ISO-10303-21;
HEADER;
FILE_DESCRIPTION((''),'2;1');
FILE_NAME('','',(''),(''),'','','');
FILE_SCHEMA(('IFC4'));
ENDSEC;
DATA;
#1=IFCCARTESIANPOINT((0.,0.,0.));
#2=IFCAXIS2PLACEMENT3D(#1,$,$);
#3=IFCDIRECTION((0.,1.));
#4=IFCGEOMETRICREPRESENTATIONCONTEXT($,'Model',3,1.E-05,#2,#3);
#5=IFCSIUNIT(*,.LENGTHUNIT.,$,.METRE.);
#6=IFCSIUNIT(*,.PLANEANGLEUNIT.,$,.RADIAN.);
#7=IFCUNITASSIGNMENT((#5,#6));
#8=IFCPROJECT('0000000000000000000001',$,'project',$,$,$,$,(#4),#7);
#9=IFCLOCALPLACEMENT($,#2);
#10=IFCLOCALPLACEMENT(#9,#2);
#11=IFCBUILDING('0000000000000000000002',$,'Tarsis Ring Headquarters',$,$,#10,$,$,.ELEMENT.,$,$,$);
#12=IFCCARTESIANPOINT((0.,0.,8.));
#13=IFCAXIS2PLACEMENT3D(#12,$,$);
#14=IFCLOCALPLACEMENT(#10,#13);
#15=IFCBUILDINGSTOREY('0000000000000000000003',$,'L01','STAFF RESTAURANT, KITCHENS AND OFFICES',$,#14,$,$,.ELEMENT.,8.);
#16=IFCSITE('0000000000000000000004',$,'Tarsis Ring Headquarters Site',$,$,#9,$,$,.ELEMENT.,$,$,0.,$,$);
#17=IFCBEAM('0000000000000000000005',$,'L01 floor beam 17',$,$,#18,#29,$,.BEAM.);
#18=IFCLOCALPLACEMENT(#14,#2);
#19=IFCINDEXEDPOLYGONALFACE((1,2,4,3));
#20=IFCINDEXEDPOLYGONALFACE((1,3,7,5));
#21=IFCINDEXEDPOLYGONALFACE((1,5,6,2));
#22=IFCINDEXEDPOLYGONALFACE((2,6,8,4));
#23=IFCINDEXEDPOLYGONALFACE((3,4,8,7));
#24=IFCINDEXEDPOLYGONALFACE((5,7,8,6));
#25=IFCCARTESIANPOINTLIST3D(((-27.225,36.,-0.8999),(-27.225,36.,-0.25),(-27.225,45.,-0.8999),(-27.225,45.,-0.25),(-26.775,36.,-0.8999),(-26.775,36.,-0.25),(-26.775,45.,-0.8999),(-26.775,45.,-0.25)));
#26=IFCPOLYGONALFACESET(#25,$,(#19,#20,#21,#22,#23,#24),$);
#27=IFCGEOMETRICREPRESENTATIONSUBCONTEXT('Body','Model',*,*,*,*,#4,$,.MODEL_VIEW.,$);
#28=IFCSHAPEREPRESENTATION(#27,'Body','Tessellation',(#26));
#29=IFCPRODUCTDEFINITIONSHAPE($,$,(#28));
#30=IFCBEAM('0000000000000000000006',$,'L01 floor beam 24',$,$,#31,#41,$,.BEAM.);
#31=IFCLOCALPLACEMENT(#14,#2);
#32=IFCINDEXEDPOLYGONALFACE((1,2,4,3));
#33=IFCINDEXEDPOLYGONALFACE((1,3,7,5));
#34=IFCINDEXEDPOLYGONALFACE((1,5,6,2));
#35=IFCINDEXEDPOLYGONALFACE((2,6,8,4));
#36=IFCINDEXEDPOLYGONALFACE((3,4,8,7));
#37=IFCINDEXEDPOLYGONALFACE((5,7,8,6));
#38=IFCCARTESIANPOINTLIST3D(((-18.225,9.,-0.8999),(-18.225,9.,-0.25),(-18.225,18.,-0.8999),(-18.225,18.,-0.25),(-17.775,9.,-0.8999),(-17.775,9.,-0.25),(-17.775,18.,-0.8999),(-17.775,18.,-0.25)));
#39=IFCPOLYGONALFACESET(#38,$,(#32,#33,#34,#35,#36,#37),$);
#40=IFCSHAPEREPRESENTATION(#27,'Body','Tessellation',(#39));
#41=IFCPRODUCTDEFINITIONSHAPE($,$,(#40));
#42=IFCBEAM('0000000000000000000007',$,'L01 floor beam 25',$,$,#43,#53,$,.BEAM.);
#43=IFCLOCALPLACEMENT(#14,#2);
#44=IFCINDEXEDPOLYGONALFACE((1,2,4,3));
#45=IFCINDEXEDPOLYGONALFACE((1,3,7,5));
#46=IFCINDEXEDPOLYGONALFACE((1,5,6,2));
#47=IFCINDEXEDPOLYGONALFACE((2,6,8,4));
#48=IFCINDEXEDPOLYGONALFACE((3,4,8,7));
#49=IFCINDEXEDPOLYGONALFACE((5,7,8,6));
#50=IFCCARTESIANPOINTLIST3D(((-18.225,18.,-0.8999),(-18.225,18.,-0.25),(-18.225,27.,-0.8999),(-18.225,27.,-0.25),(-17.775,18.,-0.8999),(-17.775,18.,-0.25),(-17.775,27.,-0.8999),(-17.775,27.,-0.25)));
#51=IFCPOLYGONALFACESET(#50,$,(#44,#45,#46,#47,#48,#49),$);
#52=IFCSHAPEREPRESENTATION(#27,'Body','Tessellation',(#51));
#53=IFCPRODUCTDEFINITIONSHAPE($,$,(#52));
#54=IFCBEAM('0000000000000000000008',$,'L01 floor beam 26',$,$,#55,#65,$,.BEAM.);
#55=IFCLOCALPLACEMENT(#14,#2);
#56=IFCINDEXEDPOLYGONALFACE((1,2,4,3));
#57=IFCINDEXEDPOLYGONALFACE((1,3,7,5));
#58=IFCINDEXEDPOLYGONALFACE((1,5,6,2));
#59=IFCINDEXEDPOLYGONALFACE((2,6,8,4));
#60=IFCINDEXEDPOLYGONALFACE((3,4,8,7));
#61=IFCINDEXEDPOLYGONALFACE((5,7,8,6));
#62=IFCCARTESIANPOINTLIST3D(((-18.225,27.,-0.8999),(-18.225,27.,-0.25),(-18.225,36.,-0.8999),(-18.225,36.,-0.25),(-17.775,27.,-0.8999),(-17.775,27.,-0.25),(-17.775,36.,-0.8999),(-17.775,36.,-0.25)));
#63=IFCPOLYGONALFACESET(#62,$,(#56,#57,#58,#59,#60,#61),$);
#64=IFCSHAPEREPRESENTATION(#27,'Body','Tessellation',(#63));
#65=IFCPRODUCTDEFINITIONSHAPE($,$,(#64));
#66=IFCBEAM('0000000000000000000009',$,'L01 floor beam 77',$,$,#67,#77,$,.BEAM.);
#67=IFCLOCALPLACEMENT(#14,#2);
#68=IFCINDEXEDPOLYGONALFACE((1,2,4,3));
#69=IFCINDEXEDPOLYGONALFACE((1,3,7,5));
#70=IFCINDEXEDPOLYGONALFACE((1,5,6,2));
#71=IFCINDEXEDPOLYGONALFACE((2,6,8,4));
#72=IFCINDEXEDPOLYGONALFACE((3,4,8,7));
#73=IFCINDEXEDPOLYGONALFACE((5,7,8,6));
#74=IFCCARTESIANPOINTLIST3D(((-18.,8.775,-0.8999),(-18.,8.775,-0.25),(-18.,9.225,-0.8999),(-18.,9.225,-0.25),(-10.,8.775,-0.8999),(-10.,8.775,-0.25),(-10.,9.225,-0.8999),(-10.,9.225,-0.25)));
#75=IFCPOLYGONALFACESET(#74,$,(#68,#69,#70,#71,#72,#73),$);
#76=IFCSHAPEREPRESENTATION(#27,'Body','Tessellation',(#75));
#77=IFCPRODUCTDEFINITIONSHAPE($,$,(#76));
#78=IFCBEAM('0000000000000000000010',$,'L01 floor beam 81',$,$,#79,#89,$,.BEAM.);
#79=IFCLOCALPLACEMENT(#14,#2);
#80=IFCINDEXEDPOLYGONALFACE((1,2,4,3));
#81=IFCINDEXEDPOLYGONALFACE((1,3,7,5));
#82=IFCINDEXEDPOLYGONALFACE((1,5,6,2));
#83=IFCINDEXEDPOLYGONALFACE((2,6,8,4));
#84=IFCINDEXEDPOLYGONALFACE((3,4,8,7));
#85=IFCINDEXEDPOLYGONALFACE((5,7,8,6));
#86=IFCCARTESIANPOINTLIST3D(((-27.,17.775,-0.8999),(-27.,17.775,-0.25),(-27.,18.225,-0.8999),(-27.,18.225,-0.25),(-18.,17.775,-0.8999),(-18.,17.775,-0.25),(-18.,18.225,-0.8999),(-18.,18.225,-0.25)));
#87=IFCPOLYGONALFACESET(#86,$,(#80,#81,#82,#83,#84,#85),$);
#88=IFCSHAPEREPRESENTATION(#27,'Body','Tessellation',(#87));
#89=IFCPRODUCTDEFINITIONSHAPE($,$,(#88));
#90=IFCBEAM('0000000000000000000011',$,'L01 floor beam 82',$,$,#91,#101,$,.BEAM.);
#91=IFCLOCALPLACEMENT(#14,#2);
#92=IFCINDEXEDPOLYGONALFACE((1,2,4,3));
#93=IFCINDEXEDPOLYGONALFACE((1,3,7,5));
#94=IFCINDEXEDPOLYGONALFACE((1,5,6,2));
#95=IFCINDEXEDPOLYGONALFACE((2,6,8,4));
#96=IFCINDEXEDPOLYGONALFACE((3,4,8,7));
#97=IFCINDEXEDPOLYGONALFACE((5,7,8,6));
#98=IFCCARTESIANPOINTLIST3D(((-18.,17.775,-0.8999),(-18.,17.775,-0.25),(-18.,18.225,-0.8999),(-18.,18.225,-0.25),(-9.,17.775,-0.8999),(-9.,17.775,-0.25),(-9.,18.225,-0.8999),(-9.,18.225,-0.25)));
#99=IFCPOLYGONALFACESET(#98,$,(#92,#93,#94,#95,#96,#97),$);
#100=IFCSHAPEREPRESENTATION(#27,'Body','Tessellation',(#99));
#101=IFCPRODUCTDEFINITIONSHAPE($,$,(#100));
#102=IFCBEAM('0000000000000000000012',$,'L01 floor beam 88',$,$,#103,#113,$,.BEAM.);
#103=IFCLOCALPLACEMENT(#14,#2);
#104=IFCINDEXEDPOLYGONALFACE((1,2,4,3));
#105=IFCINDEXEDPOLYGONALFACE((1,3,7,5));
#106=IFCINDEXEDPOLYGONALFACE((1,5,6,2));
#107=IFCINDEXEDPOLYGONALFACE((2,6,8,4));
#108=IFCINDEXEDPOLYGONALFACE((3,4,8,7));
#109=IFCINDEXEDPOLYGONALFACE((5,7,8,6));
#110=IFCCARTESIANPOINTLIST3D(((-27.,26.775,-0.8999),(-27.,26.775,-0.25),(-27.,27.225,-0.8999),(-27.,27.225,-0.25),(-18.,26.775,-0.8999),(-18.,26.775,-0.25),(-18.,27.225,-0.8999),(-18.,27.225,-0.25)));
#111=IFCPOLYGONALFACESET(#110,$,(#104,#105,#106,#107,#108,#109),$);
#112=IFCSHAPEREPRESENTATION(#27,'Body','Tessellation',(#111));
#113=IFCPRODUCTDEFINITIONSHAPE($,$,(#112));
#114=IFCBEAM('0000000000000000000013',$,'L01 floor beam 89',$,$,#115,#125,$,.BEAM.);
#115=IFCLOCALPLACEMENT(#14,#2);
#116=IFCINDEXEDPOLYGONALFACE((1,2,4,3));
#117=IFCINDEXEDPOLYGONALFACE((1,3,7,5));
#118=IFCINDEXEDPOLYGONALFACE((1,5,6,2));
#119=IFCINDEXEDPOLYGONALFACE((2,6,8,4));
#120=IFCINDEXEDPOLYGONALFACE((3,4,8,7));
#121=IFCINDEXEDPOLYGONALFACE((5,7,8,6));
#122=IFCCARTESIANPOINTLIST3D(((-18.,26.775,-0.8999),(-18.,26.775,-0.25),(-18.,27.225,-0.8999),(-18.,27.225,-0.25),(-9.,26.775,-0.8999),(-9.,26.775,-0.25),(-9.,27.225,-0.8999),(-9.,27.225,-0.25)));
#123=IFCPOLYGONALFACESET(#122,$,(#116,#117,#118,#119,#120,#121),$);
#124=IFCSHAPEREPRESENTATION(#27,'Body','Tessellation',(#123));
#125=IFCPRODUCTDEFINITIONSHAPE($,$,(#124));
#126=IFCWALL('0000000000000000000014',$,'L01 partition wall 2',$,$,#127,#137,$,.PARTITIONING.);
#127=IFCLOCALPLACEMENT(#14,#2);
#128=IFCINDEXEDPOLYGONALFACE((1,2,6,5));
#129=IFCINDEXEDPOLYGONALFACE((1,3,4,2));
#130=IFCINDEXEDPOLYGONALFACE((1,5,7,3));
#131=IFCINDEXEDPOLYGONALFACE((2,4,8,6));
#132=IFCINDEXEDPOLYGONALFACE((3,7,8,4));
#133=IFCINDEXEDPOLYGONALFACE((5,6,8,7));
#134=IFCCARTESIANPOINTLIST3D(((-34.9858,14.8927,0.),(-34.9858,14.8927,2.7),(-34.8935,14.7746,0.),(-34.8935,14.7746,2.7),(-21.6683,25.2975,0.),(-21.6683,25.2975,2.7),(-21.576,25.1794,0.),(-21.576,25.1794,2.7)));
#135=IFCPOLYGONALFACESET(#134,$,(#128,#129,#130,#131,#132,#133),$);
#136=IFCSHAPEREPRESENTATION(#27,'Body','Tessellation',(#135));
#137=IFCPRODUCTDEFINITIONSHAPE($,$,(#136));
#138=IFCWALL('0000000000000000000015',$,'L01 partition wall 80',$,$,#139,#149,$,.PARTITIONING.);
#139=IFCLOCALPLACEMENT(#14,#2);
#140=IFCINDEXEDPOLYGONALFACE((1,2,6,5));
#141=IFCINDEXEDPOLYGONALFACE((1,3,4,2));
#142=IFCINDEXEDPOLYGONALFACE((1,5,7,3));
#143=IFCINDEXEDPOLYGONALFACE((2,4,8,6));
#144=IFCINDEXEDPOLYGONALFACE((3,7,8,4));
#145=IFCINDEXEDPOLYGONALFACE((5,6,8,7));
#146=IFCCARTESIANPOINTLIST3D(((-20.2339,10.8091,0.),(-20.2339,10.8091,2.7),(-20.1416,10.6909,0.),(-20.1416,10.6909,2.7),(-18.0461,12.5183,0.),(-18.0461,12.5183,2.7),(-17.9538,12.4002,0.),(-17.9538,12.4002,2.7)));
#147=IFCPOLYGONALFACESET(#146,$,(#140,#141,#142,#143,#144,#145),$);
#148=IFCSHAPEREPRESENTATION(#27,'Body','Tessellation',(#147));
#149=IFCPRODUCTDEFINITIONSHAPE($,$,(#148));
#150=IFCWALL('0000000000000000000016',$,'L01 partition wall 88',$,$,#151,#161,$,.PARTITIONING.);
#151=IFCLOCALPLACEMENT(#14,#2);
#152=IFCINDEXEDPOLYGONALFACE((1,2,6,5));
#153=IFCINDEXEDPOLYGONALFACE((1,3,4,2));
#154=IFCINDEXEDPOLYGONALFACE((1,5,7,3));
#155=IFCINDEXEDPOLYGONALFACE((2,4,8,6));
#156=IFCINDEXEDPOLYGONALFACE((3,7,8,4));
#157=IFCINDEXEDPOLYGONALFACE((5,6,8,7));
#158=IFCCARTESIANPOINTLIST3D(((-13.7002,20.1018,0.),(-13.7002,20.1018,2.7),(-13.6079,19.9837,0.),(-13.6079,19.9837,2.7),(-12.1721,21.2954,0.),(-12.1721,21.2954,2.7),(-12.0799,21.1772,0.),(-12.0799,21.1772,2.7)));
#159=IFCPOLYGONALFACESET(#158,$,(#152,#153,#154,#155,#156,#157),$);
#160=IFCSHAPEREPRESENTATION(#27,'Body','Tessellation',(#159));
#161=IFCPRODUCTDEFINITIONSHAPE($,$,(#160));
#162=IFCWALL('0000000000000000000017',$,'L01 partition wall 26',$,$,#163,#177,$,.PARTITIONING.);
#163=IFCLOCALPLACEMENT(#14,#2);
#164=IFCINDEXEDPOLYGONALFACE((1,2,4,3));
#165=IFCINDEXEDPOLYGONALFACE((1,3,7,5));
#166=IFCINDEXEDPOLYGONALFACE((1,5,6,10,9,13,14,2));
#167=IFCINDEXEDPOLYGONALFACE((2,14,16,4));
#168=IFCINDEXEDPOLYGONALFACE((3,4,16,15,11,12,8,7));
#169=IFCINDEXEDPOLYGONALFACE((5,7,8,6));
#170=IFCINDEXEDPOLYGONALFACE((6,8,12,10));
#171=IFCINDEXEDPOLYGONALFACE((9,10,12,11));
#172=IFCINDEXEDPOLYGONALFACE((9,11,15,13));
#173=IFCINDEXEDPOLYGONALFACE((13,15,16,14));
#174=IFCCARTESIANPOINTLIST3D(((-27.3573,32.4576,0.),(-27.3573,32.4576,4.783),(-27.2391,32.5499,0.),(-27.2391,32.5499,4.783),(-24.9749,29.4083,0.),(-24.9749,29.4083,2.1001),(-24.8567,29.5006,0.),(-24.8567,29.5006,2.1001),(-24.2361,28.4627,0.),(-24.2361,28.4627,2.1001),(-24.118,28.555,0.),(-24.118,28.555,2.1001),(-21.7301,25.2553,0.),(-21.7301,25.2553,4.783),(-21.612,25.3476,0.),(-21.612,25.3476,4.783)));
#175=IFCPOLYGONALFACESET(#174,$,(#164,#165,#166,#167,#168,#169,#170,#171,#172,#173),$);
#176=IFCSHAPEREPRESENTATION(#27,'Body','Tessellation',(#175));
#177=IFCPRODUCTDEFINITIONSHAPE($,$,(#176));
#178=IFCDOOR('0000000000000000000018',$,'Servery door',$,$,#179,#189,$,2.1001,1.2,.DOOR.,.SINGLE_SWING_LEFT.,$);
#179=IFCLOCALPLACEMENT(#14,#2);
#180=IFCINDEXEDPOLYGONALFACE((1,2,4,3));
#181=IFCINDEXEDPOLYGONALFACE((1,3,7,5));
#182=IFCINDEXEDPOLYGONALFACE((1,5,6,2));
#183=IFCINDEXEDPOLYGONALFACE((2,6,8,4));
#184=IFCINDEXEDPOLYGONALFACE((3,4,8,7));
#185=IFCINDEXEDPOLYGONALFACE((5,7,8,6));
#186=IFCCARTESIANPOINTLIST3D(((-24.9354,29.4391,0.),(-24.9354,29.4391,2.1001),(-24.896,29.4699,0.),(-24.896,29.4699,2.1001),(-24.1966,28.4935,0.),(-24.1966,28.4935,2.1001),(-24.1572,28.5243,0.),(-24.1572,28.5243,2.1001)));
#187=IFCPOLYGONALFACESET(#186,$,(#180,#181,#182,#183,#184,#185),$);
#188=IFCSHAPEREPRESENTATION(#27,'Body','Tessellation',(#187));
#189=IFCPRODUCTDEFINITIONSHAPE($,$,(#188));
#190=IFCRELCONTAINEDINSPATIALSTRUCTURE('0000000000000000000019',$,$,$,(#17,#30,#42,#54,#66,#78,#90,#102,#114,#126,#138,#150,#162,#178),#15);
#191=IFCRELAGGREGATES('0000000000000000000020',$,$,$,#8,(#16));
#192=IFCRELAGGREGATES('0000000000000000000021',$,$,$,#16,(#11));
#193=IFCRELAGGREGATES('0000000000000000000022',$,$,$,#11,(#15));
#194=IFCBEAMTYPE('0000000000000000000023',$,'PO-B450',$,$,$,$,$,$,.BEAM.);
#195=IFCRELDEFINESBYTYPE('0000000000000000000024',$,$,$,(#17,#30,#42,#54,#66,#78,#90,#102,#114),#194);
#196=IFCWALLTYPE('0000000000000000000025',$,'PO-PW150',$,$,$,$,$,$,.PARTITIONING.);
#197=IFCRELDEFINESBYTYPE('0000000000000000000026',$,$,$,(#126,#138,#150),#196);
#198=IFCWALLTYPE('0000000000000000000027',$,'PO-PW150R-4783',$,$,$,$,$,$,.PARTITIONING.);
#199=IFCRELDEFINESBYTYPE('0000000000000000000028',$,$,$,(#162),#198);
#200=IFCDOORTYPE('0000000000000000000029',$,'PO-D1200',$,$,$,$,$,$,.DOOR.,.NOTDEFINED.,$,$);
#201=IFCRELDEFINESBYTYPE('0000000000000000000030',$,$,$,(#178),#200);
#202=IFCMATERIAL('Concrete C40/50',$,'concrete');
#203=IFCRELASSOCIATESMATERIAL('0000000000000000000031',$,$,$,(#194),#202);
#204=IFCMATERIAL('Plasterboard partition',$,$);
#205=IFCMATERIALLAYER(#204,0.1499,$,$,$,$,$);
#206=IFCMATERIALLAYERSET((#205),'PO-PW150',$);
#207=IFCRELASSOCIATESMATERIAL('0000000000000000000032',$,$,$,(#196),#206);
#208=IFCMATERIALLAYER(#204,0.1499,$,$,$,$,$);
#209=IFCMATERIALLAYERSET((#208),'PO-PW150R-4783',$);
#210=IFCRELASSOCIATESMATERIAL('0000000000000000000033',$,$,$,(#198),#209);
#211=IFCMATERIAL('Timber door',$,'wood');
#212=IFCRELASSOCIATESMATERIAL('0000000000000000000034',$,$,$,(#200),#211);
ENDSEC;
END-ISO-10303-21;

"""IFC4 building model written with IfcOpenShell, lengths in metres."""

from ifc_helpers import new_model, si_unit, direction, frame, frame_2d, origin, origin_2d, place, context, subcontext, project, spatial, rectangle, extrude, material, layer, layer_set, material_profile, profile_set, type_object, element, fill, save


model = new_model("IFC4")

# Units and contexts
model_context = context("Model", 3, precision=1e-05, world=origin(), true_north=direction((0.0, 1.0)))
body_context = subcontext(model_context, "Body", "Model", "MODEL_VIEW")
ifc_project = project(units=[si_unit("LENGTHUNIT", "METRE"), si_unit("PLANEANGLEUNIT", "RADIAN")], contexts=[model_context])

# Site, building, storey
site_placement = place(None, origin())
site = spatial("IfcSite", under=ifc_project, at=site_placement, Name="Tarsis Ring Headquarters Site", CompositionType="ELEMENT", RefElevation=0.0)
building_placement = place(site_placement, origin())
building = spatial("IfcBuilding", under=site, at=building_placement, Name="Tarsis Ring Headquarters", CompositionType="ELEMENT")
storey_placement = place(building_placement, frame((0.0, 0.0, 8.0)))
storey = spatial("IfcBuildingStorey", under=building, at=storey_placement, Name="L01", Description="STAFF RESTAURANT, KITCHENS AND OFFICES", CompositionType="ELEMENT", Elevation=8.0)

# Beams
ifc_material_1 = material(Name="Concrete C40/50", Category="concrete")
ifc_material_profile_1 = material_profile(ifc_material_1, rectangle(XDim=0.45, YDim=0.6499, at=origin_2d()), Name="PO-B450")
ifc_profile_set_1 = profile_set([ifc_material_profile_1], Name="Concrete C40/50")
beam_type = type_object("IfcBeamType", Name="PO-B450", PredefinedType="BEAM", material=ifc_profile_set_1)
for number, where, z_axis, x_axis, name in (
    (1, (-27.0, 36.0, -0.575), (0.0, 1.0, 0.0), (-1.0, 0.0, 0.0), "L01 floor beam 17"),
    (2, (-18.0, 9.0, -0.575), (0.0, 1.0, 0.0), (-1.0, 0.0, 0.0), "L01 floor beam 24"),
    (3, (-18.0, 18.0, -0.575), (0.0, 1.0, 0.0), (-1.0, 0.0, 0.0), "L01 floor beam 25"),
    (4, (-18.0, 27.0, -0.575), (0.0, 1.0, 0.0), (-1.0, 0.0, 0.0), "L01 floor beam 26"),
):
    element("IfcBeam", number, at=place(storey_placement, frame(where, z_axis=z_axis, x_axis=x_axis)), inside=storey, type_object=beam_type, Name=name, PredefinedType="BEAM", context=body_context, shape_type="SweptSolid", body=[
        extrude(rectangle(XDim=0.45, YDim=0.6499, at=origin_2d()), origin(), (0.0, 0.0, 1.0), 9.0),
    ])
beam_1_placement = place(storey_placement, frame((-18.0, 9.0, -0.575), z_axis=(1.0, 0.0, 0.0), x_axis=(0.0, 1.0, 0.0)))
element("IfcBeam", 5, at=beam_1_placement, inside=storey, type_object=beam_type, Name="L01 floor beam 77", PredefinedType="BEAM", context=body_context, shape_type="SweptSolid", body=[
    extrude(rectangle(XDim=0.45, YDim=0.6499, at=origin_2d()), origin(), (0.0, 0.0, 1.0), 8.0),
])
for number, where, z_axis, x_axis, name in (
    (6, (-27.0, 18.0, -0.575), (1.0, 0.0, 0.0), (0.0, 1.0, 0.0), "L01 floor beam 81"),
    (7, (-18.0, 18.0, -0.575), (1.0, 0.0, 0.0), (0.0, 1.0, 0.0), "L01 floor beam 82"),
    (8, (-27.0, 27.0, -0.575), (1.0, 0.0, 0.0), (0.0, 1.0, 0.0), "L01 floor beam 88"),
    (9, (-18.0, 27.0, -0.575), (1.0, 0.0, 0.0), (0.0, 1.0, 0.0), "L01 floor beam 89"),
):
    element("IfcBeam", number, at=place(storey_placement, frame(where, z_axis=z_axis, x_axis=x_axis)), inside=storey, type_object=beam_type, Name=name, PredefinedType="BEAM", context=body_context, shape_type="SweptSolid", body=[
        extrude(rectangle(XDim=0.45, YDim=0.6499, at=origin_2d()), origin(), (0.0, 0.0, 1.0), 9.0),
    ])

# Walls
ifc_material_2 = material(Name="Plasterboard partition")
ifc_layer_1 = layer(ifc_material_2, 0.1499)
ifc_layer_set_1 = layer_set([ifc_layer_1], Name="PO-PW150")
wall_type_1 = type_object("IfcWallType", Name="PO-PW150", PredefinedType="PARTITIONING", material=ifc_layer_set_1)
wall_1_placement = place(storey_placement, frame((-21.6221, 25.2385, 0.0), z_axis=(0.0, 0.0, 1.0), x_axis=(-0.788008, -0.615665, 0.0)))
element("IfcWall", 10, at=wall_1_placement, inside=storey, type_object=wall_type_1, Name="L01 partition wall 2", PredefinedType="PARTITIONING", context=body_context, shape_type="SweptSolid", body=[
    extrude(rectangle(XDim=16.9001, YDim=0.1499, at=frame_2d((8.4502, 0.0))), origin(), (0.0, 0.0, 1.0), 2.7),
])
wall_2_placement = place(storey_placement, frame((-20.1877, 10.75, 0.0), z_axis=(0.0, 0.0, 1.0), x_axis=(0.788015, 0.615656, 0.0)))
element("IfcWall", 11, at=wall_2_placement, inside=storey, type_object=wall_type_1, Name="L01 partition wall 80", PredefinedType="PARTITIONING", context=body_context, shape_type="SweptSolid", body=[
    extrude(rectangle(XDim=2.7764, YDim=0.1499, at=frame_2d((1.3882, 0.0))), origin(), (0.0, 0.0, 1.0), 2.7),
])
wall_3_placement = place(storey_placement, frame((-13.6541, 20.0427, 0.0), z_axis=(0.0, 0.0, 1.0), x_axis=(0.788076, 0.615578, 0.0)))
element("IfcWall", 12, at=wall_3_placement, inside=storey, type_object=wall_type_1, Name="L01 partition wall 88", PredefinedType="PARTITIONING", context=body_context, shape_type="SweptSolid", body=[
    extrude(rectangle(XDim=1.939, YDim=0.1499, at=frame_2d((0.9695, 0.0))), origin(), (0.0, 0.0, 1.0), 2.7),
])

# Wall, opening, door
ifc_layer_2 = layer(ifc_material_2, 0.1499)
ifc_layer_set_2 = layer_set([ifc_layer_2], Name="PO-PW150R-4783")
wall_type_2 = type_object("IfcWallType", Name="PO-PW150R-4783", PredefinedType="PARTITIONING", material=ifc_layer_set_2)
wall_4_placement = place(storey_placement, frame((-21.6711, 25.3015, 0.0), z_axis=(0.0, 0.0, 1.0), x_axis=(-0.615666, 0.788007, 0.0)))
wall_4 = element("IfcWall", 13, at=wall_4_placement, inside=storey, type_object=wall_type_2, Name="L01 partition wall 26", PredefinedType="PARTITIONING", context=body_context, shape_type="SweptSolid", body=[
    extrude(rectangle(XDim=9.1399, YDim=0.1499, at=frame_2d((4.5698, 0.0))), origin(), (0.0, 0.0, 1.0), 4.783),
])
opening_1_placement = place(wall_4_placement, frame((4.0701, 0.0, 0.0)))
opening_1 = element("IfcOpeningElement", 14, at=opening_1_placement, cuts=wall_4, PredefinedType="OPENING", context=body_context, shape_type="SweptSolid", body=[
    extrude(rectangle(XDim=1.2, YDim=2.1001, at=frame_2d((0.6001, 1.05))), frame((0.0, 0.085, 0.0), z_axis=(0.0, -1.0, 0.0), x_axis=(1.0, 0.0, 0.0)), (0.0, 0.0, 1.0), 0.1699),
])
ifc_material_3 = material(Name="Timber door", Category="wood")
door_type_1 = type_object("IfcDoorType", Name="PO-D1200", OperationType="NOTDEFINED", PredefinedType="DOOR", material=ifc_material_3)
door_1_placement = place(opening_1_placement, origin())
door_1 = element("IfcDoor", 15, at=door_1_placement, inside=storey, type_object=door_type_1, Name="Servery door", OperationType="SINGLE_SWING_LEFT", OverallHeight=2.1001, OverallWidth=1.2, PredefinedType="DOOR", context=body_context, shape_type="SweptSolid", body=[
    extrude(rectangle(XDim=1.2, YDim=2.1001, at=frame_2d((0.6001, 1.05))), frame((0.0, 0.0249, 0.0), z_axis=(0.0, -1.0, 0.0), x_axis=(1.0, 0.0, 0.0)), (0.0, 0.0, 1.0), 0.05),
])
fill(opening_1, door_1)

save(model, "model.ifc")
